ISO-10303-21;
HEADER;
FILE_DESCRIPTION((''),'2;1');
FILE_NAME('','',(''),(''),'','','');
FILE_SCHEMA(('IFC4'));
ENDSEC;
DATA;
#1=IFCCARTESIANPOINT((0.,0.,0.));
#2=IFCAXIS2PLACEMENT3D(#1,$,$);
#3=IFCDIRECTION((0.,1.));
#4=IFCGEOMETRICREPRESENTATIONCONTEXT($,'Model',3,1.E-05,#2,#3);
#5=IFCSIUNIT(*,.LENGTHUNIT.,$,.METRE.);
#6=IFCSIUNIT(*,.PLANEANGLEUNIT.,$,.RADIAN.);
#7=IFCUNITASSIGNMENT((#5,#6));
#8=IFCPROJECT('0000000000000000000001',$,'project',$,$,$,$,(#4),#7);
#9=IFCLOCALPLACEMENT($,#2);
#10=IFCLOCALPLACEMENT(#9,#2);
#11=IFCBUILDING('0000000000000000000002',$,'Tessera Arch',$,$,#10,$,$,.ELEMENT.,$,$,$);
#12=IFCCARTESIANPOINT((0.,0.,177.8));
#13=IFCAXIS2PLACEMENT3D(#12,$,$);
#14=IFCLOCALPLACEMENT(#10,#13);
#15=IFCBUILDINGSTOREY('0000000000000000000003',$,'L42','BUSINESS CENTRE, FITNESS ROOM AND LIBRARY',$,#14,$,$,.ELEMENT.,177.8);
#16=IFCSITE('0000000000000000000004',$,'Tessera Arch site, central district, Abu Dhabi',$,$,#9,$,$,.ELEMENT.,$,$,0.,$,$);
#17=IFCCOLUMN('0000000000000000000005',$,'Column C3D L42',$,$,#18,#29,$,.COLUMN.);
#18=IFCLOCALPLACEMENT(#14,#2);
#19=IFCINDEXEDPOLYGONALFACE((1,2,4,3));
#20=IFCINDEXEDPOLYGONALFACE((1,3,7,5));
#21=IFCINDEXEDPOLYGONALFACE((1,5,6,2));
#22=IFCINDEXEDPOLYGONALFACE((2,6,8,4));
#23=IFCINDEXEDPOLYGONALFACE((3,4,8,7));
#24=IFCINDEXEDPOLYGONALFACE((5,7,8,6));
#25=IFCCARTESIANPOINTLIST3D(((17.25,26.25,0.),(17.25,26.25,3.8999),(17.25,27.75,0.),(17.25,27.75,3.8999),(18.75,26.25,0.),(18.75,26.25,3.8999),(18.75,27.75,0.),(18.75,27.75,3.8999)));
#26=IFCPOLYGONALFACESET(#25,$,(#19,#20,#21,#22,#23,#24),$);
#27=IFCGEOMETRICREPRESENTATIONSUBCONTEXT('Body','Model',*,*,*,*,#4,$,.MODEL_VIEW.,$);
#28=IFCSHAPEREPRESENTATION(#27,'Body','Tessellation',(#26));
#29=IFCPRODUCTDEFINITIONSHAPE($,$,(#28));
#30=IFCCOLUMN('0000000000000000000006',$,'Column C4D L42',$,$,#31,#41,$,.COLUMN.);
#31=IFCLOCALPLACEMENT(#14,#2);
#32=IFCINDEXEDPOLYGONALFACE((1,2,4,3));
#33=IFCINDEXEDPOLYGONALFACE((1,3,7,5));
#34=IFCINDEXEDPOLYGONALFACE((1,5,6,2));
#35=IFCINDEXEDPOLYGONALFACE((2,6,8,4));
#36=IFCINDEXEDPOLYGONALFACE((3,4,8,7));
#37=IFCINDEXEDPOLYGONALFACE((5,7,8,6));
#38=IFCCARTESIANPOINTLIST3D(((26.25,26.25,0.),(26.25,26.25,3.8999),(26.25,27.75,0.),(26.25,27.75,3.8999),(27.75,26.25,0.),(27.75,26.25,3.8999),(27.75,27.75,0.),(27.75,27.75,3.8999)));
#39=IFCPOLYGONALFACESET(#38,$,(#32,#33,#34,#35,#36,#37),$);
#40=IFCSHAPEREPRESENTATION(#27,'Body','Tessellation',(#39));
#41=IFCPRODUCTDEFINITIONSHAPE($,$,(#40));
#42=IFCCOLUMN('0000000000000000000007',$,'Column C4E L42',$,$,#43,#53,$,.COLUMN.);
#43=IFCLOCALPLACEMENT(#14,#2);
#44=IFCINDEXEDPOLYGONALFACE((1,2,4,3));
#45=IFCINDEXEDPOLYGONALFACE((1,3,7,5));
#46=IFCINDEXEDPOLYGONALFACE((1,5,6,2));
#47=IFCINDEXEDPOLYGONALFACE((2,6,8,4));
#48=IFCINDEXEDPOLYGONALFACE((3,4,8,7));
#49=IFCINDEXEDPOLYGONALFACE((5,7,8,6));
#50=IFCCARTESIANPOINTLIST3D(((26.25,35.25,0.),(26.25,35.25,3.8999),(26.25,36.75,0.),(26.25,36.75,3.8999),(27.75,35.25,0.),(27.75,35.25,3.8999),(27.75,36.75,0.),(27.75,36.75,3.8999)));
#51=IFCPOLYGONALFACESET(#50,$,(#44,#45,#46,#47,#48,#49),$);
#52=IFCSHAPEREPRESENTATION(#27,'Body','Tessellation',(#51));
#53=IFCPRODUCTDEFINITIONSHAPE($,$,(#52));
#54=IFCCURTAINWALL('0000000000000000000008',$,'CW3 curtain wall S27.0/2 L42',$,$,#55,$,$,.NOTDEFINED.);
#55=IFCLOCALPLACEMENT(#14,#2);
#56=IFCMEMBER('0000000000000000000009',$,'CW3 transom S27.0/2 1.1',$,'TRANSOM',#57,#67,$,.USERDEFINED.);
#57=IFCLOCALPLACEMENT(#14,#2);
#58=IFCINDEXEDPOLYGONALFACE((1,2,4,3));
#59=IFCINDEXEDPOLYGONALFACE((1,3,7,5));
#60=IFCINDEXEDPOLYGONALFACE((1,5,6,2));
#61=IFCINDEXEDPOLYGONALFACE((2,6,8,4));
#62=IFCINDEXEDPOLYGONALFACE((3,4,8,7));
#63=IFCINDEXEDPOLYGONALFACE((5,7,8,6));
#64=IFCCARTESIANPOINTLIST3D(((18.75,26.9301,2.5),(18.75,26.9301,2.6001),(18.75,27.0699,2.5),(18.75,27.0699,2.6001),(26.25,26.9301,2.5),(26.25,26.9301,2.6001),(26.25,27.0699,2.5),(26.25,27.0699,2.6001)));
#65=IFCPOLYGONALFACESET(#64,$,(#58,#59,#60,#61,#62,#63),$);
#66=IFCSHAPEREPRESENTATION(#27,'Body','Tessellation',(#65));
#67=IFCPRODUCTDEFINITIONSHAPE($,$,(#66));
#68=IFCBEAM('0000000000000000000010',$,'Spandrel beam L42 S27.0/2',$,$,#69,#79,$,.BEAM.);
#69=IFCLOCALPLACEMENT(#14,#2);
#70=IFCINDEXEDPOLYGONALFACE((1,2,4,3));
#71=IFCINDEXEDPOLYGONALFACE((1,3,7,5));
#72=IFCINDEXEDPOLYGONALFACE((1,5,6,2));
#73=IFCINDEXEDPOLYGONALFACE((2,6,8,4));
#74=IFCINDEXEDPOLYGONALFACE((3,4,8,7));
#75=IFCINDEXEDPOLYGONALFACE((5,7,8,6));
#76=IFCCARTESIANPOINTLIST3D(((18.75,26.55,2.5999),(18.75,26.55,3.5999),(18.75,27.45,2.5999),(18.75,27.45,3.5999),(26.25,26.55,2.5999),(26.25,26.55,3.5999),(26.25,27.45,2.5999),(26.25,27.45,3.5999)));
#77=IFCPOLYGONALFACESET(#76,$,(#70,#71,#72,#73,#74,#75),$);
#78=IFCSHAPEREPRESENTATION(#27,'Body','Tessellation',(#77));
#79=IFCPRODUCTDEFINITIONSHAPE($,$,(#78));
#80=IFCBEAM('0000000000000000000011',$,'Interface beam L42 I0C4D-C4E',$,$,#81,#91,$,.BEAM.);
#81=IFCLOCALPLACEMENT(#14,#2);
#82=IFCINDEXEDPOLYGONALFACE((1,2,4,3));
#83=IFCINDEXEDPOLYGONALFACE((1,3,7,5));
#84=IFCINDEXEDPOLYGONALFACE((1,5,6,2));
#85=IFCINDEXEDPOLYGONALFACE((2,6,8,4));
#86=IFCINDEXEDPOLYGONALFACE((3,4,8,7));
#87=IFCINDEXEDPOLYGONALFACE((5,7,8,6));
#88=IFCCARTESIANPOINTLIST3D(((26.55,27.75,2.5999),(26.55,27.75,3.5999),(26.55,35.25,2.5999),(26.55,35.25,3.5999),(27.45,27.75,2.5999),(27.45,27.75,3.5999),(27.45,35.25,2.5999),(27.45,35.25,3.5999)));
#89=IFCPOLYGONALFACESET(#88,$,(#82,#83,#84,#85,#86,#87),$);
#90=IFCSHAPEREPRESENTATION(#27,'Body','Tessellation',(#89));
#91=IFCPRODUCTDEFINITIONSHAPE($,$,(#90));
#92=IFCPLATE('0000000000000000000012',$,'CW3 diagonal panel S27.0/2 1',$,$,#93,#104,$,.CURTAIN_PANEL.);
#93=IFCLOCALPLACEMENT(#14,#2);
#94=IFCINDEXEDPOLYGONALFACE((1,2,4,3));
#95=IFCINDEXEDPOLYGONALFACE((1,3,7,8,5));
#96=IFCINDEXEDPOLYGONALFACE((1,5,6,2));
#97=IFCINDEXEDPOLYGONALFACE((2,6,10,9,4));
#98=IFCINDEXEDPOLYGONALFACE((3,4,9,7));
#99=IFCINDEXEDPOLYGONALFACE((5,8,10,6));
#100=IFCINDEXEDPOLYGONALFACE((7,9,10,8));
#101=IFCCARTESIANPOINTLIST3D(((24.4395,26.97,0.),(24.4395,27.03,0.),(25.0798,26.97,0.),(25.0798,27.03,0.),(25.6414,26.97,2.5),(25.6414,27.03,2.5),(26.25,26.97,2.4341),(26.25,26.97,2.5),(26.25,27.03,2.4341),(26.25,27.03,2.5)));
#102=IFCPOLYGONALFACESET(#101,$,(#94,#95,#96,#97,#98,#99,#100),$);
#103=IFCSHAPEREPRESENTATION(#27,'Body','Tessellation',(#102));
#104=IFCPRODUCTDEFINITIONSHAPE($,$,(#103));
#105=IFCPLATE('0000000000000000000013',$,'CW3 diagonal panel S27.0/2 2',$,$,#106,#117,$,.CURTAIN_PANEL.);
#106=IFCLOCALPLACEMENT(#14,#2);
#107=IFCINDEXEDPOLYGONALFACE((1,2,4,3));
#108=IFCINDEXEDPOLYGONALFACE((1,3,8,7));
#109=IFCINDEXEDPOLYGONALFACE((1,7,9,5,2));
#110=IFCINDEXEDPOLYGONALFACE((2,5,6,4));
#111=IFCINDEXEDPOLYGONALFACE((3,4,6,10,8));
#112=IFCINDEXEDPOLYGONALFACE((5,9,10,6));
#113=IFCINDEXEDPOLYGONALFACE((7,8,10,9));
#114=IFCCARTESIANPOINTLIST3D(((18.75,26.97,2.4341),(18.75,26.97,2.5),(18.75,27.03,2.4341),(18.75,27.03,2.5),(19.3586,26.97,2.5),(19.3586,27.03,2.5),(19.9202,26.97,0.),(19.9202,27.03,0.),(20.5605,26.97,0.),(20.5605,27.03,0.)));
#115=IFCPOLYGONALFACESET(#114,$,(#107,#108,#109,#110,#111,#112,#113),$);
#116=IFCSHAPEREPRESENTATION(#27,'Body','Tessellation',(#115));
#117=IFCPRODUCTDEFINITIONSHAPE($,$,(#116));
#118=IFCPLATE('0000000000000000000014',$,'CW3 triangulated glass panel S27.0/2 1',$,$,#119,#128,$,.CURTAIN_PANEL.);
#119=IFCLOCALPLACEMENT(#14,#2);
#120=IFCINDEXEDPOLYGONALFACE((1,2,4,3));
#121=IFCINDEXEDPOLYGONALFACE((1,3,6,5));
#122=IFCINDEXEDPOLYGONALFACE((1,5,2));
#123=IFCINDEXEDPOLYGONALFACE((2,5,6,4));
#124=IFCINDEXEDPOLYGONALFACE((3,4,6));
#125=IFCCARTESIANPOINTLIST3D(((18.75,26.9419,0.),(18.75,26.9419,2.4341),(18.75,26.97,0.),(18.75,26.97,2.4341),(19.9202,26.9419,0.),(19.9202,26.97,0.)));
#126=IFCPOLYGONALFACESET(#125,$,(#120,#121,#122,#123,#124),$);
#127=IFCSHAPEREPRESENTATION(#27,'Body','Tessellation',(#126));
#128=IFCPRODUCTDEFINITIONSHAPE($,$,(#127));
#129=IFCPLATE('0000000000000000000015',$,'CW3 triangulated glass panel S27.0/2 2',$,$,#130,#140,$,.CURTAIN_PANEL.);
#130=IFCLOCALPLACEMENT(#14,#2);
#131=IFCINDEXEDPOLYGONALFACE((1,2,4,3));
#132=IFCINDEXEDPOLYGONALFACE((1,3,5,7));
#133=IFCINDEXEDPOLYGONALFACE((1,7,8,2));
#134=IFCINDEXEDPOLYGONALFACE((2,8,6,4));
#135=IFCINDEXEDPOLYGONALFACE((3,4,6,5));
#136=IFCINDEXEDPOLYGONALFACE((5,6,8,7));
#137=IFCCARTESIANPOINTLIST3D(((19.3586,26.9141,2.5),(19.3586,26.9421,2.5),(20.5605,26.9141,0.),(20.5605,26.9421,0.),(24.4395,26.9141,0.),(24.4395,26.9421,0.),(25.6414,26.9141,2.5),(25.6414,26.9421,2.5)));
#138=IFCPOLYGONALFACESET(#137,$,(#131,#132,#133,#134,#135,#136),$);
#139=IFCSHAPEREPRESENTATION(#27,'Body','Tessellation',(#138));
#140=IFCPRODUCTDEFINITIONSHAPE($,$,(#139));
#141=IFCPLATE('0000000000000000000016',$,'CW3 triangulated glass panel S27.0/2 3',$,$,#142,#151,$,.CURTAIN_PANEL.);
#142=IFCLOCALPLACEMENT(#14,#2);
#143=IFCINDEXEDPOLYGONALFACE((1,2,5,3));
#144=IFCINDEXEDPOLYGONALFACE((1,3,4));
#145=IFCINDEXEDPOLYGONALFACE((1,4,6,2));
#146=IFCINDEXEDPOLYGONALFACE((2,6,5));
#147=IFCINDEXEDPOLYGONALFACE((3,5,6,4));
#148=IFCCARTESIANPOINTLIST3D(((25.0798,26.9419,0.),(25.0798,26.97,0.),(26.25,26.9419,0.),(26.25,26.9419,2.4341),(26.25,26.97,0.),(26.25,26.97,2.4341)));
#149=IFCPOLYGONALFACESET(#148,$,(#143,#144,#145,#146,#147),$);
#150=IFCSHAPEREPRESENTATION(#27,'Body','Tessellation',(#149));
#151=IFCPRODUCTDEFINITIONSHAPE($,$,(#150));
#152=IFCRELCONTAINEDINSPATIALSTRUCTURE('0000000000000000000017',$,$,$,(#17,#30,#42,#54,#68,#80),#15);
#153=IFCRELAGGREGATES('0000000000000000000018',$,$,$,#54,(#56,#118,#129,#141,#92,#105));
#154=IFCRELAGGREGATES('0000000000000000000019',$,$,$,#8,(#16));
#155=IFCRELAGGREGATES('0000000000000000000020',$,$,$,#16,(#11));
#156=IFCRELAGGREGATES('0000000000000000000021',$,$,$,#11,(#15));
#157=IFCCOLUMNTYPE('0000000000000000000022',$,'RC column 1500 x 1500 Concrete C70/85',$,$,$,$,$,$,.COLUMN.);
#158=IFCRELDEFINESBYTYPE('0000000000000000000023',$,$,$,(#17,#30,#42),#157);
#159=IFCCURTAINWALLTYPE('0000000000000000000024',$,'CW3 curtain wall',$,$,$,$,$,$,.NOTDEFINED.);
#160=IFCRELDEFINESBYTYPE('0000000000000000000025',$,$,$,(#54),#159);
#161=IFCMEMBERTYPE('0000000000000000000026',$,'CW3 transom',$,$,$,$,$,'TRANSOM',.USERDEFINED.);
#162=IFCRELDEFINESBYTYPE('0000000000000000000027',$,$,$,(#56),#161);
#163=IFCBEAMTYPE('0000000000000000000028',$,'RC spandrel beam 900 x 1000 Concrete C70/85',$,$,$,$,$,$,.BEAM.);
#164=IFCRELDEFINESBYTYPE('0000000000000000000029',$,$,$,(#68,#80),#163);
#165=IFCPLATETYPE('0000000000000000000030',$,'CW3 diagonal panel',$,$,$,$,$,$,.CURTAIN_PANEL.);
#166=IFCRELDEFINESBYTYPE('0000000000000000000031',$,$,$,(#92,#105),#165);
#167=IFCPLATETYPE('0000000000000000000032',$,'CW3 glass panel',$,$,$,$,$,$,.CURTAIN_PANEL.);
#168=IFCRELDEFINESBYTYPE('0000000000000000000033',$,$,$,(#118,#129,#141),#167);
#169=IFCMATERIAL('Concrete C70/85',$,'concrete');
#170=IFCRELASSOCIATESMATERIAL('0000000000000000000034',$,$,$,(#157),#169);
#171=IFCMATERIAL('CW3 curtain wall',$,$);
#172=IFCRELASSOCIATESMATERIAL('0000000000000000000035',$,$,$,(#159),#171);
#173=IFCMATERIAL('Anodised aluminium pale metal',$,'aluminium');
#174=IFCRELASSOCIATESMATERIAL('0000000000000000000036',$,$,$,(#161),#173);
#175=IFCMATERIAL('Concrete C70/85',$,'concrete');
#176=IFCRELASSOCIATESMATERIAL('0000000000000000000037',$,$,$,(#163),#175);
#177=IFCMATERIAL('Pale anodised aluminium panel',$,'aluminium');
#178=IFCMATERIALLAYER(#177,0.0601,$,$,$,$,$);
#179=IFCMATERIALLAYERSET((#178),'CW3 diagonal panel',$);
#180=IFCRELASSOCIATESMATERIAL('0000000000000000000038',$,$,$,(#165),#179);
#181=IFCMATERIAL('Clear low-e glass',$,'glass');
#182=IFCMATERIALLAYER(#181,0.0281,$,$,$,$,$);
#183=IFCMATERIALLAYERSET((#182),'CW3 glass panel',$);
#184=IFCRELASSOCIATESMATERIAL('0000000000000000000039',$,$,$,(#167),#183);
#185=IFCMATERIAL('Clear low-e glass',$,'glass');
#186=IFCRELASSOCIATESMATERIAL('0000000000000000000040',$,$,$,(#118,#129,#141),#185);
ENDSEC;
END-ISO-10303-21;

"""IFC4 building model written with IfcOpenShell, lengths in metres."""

from ifc_helpers import new_model, si_unit, direction, frame, origin, origin_2d, place, context, subcontext, project, spatial, polyline, rectangle, outline, extrude, material, layer, layer_set, material_profile, profile_set, type_object, element, aggregate, save


model = new_model("IFC4")

# Units and contexts
model_context = context("Model", 3, precision=1e-05, world=origin(), true_north=direction((0.0, 1.0)))
body_context = subcontext(model_context, "Body", "Model", "MODEL_VIEW")
ifc_project = project(units=[si_unit("LENGTHUNIT", "METRE"), si_unit("PLANEANGLEUNIT", "RADIAN")], contexts=[model_context])

# Site, building, storey
site_placement = place(None, origin())
site = spatial("IfcSite", under=ifc_project, at=site_placement, Name="Tessera Arch site, central district, Abu Dhabi", CompositionType="ELEMENT", RefElevation=0.0)
building_placement = place(site_placement, origin())
building = spatial("IfcBuilding", under=site, at=building_placement, Name="Tessera Arch", CompositionType="ELEMENT")
storey_placement = place(building_placement, frame((0.0, 0.0, 177.8)))
storey = spatial("IfcBuildingStorey", under=building, at=storey_placement, Name="L42", Description="BUSINESS CENTRE, FITNESS ROOM AND LIBRARY", CompositionType="ELEMENT", Elevation=177.8)

# Columns
ifc_material_1 = material(Name="Concrete C70/85", Category="concrete")
ifc_material_profile_1 = material_profile(ifc_material_1, rectangle(XDim=1.5, YDim=1.5, at=origin_2d()), Name="RC column 1500 x 1500 Concrete C70/85")
ifc_profile_set_1 = profile_set([ifc_material_profile_1], Name="Concrete C70/85")
column_type = type_object("IfcColumnType", Name="RC column 1500 x 1500 Concrete C70/85", PredefinedType="COLUMN", material=ifc_profile_set_1)
for number, where, z_axis, x_axis, name in (
    (1, (18.0, 27.0, 0.0), (0.0, 0.0, 1.0), (1.0, 0.0, 0.0), "Column C3D L42"),
    (2, (27.0, 27.0, 0.0), (0.0, 0.0, 1.0), (1.0, 0.0, 0.0), "Column C4D L42"),
    (3, (27.0, 36.0, 0.0), (0.0, 0.0, 1.0), (1.0, 0.0, 0.0), "Column C4E L42"),
):
    element("IfcColumn", number, at=place(storey_placement, frame(where, z_axis=z_axis, x_axis=x_axis)), inside=storey, type_object=column_type, Name=name, PredefinedType="COLUMN", context=body_context, shape_type="SweptSolid", body=[
        extrude(rectangle(XDim=1.5, YDim=1.5, at=origin_2d()), origin(), (0.0, 0.0, 1.0), 3.8999),
    ])

# Curtain wall, member
ifc_material_2 = material(Name="CW3 curtain wall")
curtain_wall_type = type_object("IfcCurtainWallType", Name="CW3 curtain wall", PredefinedType="NOTDEFINED", material=ifc_material_2)
curtain_wall_placement = place(storey_placement, origin())
curtain_wall = element("IfcCurtainWall", 4, at=curtain_wall_placement, inside=storey, type_object=curtain_wall_type, Name="CW3 curtain wall S27.0/2 L42", PredefinedType="NOTDEFINED")
ifc_material_3 = material(Name="Anodised aluminium pale metal", Category="aluminium")
ifc_material_profile_2 = material_profile(ifc_material_3, rectangle(XDim=0.1399, YDim=0.1001, at=origin_2d()), Name="AL 140x100")
ifc_profile_set_2 = profile_set([ifc_material_profile_2], Name="Anodised aluminium pale metal")
member_type = type_object("IfcMemberType", Name="CW3 transom", ElementType="TRANSOM", PredefinedType="USERDEFINED", material=ifc_profile_set_2)
member_placement = place(storey_placement, frame((18.75, 27.0, 2.55), z_axis=(1.0, 0.0, 0.0), x_axis=(0.0, 1.0, 0.0)))
member = element("IfcMember", 5, at=member_placement, type_object=member_type, Name="CW3 transom S27.0/2 1.1", ObjectType="TRANSOM", PredefinedType="USERDEFINED", context=body_context, shape_type="SweptSolid", body=[
    extrude(rectangle(XDim=0.1399, YDim=0.1001, at=origin_2d()), origin(), (0.0, 0.0, 1.0), 7.5),
])

# Beams
ifc_material_4 = material(Name="Concrete C70/85", Category="concrete")
ifc_material_profile_3 = material_profile(ifc_material_4, rectangle(XDim=0.8999, YDim=1.0, at=origin_2d()), Name="RC spandrel beam 900 x 1000 Concrete C70/85")
ifc_profile_set_3 = profile_set([ifc_material_profile_3], Name="Concrete C70/85")
beam_type = type_object("IfcBeamType", Name="RC spandrel beam 900 x 1000 Concrete C70/85", PredefinedType="BEAM", material=ifc_profile_set_3)
for number, where, z_axis, x_axis, name in (
    (6, (18.75, 27.0, 3.0999), (1.0, 0.0, 0.0), (0.0, 1.0, 0.0), "Spandrel beam L42 S27.0/2"),
    (7, (27.0, 27.75, 3.0999), (0.0, 1.0, 0.0), (-1.0, 0.0, 0.0), "Interface beam L42 I0C4D-C4E"),
):
    element("IfcBeam", number, at=place(storey_placement, frame(where, z_axis=z_axis, x_axis=x_axis)), inside=storey, type_object=beam_type, Name=name, PredefinedType="BEAM", context=body_context, shape_type="SweptSolid", body=[
        extrude(rectangle(XDim=0.8999, YDim=1.0, at=origin_2d()), origin(), (0.0, 0.0, 1.0), 7.5),
    ])

# Plates
ifc_material_5 = material(Name="Pale anodised aluminium panel", Category="aluminium")
ifc_layer_1 = layer(ifc_material_5, 0.0601)
ifc_layer_set_1 = layer_set([ifc_layer_1], Name="CW3 diagonal panel")
plate_type_1 = type_object("IfcPlateType", Name="CW3 diagonal panel", PredefinedType="CURTAIN_PANEL", material=ifc_layer_set_1)
plate_1_placement = place(storey_placement, frame((26.25, 26.97, 2.5), z_axis=(0.0, -1.0, 0.0), x_axis=(-1.0, 0.0, 0.0)))
plate_1 = element("IfcPlate", 8, at=plate_1_placement, type_object=plate_type_1, Name="CW3 diagonal panel S27.0/2 1", PredefinedType="CURTAIN_PANEL", context=body_context, shape_type="SweptSolid", body=[
    extrude(outline(polyline([(0.0, 0.0), (0.6086, 0.0), (1.8105, 2.5), (1.1702, 2.5), (0.0, 0.0659), (0.0, 0.0)])), origin(), (0.0, 0.0, -1.0), 0.0601),
])
plate_2_placement = place(storey_placement, frame((18.75, 26.97, 2.5), z_axis=(0.0, -1.0, 0.0), x_axis=(0.0, 0.0, -1.0)))
plate_2 = element("IfcPlate", 9, at=plate_2_placement, type_object=plate_type_1, Name="CW3 diagonal panel S27.0/2 2", PredefinedType="CURTAIN_PANEL", context=body_context, shape_type="SweptSolid", body=[
    extrude(outline(polyline([(0.0, 0.0), (0.0659, 0.0), (2.5, 1.1702), (2.5, 1.8105), (0.0, 0.6086), (0.0, 0.0)])), origin(), (0.0, 0.0, -1.0), 0.0601),
])
ifc_material_6 = material(Name="Clear low-e glass", Category="glass")
ifc_material_7 = material(Name="Clear low-e glass", Category="glass")
ifc_layer_2 = layer(ifc_material_7, 0.0281)
ifc_layer_set_2 = layer_set([ifc_layer_2], Name="CW3 glass panel")
plate_type_2 = type_object("IfcPlateType", Name="CW3 glass panel", PredefinedType="CURTAIN_PANEL", material=ifc_layer_set_2)
plate_3_placement = place(storey_placement, frame((18.75, 26.9419, 0.0), z_axis=(0.0, -1.0, 0.0), x_axis=(1.0, 0.0, 0.0)))
plate_3 = element("IfcPlate", 10, at=plate_3_placement, type_object=plate_type_2, material=ifc_material_6, Name="CW3 triangulated glass panel S27.0/2 1", PredefinedType="CURTAIN_PANEL", context=body_context, shape_type="SweptSolid", body=[
    extrude(outline(polyline([(0.0, 0.0), (1.1702, 0.0), (0.0, 2.4341), (0.0, 0.0)])), origin(), (0.0, 0.0, -1.0), 0.0281),
])
plate_4_placement = place(storey_placement, frame((25.6414, 26.9141, 2.5), z_axis=(0.0, -1.0, 0.0), x_axis=(-1.0, 0.0, 0.0)))
plate_4 = element("IfcPlate", 11, at=plate_4_placement, type_object=plate_type_2, material=ifc_material_6, Name="CW3 triangulated glass panel S27.0/2 2", PredefinedType="CURTAIN_PANEL", context=body_context, shape_type="SweptSolid", body=[
    extrude(outline(polyline([(0.0, 0.0), (6.2827, 0.0), (5.0808, 2.5), (1.2019, 2.5), (0.0, 0.0)])), origin(), (0.0, 0.0, -1.0), 0.0281),
])
plate_5_placement = place(storey_placement, frame((26.25, 26.9419, 0.0), z_axis=(0.0, -1.0, 0.0), x_axis=(0.0, 0.0, 1.0)))
plate_5 = element("IfcPlate", 12, at=plate_5_placement, type_object=plate_type_2, material=ifc_material_6, Name="CW3 triangulated glass panel S27.0/2 3", PredefinedType="CURTAIN_PANEL", context=body_context, shape_type="SweptSolid", body=[
    extrude(outline(polyline([(0.0, 0.0), (2.4341, 0.0), (0.0, 1.1702), (0.0, 0.0)])), origin(), (0.0, 0.0, -1.0), 0.0281),
])
aggregate(curtain_wall, [member, plate_3, plate_4, plate_5, plate_1, plate_2])

save(model, "model.ifc")
